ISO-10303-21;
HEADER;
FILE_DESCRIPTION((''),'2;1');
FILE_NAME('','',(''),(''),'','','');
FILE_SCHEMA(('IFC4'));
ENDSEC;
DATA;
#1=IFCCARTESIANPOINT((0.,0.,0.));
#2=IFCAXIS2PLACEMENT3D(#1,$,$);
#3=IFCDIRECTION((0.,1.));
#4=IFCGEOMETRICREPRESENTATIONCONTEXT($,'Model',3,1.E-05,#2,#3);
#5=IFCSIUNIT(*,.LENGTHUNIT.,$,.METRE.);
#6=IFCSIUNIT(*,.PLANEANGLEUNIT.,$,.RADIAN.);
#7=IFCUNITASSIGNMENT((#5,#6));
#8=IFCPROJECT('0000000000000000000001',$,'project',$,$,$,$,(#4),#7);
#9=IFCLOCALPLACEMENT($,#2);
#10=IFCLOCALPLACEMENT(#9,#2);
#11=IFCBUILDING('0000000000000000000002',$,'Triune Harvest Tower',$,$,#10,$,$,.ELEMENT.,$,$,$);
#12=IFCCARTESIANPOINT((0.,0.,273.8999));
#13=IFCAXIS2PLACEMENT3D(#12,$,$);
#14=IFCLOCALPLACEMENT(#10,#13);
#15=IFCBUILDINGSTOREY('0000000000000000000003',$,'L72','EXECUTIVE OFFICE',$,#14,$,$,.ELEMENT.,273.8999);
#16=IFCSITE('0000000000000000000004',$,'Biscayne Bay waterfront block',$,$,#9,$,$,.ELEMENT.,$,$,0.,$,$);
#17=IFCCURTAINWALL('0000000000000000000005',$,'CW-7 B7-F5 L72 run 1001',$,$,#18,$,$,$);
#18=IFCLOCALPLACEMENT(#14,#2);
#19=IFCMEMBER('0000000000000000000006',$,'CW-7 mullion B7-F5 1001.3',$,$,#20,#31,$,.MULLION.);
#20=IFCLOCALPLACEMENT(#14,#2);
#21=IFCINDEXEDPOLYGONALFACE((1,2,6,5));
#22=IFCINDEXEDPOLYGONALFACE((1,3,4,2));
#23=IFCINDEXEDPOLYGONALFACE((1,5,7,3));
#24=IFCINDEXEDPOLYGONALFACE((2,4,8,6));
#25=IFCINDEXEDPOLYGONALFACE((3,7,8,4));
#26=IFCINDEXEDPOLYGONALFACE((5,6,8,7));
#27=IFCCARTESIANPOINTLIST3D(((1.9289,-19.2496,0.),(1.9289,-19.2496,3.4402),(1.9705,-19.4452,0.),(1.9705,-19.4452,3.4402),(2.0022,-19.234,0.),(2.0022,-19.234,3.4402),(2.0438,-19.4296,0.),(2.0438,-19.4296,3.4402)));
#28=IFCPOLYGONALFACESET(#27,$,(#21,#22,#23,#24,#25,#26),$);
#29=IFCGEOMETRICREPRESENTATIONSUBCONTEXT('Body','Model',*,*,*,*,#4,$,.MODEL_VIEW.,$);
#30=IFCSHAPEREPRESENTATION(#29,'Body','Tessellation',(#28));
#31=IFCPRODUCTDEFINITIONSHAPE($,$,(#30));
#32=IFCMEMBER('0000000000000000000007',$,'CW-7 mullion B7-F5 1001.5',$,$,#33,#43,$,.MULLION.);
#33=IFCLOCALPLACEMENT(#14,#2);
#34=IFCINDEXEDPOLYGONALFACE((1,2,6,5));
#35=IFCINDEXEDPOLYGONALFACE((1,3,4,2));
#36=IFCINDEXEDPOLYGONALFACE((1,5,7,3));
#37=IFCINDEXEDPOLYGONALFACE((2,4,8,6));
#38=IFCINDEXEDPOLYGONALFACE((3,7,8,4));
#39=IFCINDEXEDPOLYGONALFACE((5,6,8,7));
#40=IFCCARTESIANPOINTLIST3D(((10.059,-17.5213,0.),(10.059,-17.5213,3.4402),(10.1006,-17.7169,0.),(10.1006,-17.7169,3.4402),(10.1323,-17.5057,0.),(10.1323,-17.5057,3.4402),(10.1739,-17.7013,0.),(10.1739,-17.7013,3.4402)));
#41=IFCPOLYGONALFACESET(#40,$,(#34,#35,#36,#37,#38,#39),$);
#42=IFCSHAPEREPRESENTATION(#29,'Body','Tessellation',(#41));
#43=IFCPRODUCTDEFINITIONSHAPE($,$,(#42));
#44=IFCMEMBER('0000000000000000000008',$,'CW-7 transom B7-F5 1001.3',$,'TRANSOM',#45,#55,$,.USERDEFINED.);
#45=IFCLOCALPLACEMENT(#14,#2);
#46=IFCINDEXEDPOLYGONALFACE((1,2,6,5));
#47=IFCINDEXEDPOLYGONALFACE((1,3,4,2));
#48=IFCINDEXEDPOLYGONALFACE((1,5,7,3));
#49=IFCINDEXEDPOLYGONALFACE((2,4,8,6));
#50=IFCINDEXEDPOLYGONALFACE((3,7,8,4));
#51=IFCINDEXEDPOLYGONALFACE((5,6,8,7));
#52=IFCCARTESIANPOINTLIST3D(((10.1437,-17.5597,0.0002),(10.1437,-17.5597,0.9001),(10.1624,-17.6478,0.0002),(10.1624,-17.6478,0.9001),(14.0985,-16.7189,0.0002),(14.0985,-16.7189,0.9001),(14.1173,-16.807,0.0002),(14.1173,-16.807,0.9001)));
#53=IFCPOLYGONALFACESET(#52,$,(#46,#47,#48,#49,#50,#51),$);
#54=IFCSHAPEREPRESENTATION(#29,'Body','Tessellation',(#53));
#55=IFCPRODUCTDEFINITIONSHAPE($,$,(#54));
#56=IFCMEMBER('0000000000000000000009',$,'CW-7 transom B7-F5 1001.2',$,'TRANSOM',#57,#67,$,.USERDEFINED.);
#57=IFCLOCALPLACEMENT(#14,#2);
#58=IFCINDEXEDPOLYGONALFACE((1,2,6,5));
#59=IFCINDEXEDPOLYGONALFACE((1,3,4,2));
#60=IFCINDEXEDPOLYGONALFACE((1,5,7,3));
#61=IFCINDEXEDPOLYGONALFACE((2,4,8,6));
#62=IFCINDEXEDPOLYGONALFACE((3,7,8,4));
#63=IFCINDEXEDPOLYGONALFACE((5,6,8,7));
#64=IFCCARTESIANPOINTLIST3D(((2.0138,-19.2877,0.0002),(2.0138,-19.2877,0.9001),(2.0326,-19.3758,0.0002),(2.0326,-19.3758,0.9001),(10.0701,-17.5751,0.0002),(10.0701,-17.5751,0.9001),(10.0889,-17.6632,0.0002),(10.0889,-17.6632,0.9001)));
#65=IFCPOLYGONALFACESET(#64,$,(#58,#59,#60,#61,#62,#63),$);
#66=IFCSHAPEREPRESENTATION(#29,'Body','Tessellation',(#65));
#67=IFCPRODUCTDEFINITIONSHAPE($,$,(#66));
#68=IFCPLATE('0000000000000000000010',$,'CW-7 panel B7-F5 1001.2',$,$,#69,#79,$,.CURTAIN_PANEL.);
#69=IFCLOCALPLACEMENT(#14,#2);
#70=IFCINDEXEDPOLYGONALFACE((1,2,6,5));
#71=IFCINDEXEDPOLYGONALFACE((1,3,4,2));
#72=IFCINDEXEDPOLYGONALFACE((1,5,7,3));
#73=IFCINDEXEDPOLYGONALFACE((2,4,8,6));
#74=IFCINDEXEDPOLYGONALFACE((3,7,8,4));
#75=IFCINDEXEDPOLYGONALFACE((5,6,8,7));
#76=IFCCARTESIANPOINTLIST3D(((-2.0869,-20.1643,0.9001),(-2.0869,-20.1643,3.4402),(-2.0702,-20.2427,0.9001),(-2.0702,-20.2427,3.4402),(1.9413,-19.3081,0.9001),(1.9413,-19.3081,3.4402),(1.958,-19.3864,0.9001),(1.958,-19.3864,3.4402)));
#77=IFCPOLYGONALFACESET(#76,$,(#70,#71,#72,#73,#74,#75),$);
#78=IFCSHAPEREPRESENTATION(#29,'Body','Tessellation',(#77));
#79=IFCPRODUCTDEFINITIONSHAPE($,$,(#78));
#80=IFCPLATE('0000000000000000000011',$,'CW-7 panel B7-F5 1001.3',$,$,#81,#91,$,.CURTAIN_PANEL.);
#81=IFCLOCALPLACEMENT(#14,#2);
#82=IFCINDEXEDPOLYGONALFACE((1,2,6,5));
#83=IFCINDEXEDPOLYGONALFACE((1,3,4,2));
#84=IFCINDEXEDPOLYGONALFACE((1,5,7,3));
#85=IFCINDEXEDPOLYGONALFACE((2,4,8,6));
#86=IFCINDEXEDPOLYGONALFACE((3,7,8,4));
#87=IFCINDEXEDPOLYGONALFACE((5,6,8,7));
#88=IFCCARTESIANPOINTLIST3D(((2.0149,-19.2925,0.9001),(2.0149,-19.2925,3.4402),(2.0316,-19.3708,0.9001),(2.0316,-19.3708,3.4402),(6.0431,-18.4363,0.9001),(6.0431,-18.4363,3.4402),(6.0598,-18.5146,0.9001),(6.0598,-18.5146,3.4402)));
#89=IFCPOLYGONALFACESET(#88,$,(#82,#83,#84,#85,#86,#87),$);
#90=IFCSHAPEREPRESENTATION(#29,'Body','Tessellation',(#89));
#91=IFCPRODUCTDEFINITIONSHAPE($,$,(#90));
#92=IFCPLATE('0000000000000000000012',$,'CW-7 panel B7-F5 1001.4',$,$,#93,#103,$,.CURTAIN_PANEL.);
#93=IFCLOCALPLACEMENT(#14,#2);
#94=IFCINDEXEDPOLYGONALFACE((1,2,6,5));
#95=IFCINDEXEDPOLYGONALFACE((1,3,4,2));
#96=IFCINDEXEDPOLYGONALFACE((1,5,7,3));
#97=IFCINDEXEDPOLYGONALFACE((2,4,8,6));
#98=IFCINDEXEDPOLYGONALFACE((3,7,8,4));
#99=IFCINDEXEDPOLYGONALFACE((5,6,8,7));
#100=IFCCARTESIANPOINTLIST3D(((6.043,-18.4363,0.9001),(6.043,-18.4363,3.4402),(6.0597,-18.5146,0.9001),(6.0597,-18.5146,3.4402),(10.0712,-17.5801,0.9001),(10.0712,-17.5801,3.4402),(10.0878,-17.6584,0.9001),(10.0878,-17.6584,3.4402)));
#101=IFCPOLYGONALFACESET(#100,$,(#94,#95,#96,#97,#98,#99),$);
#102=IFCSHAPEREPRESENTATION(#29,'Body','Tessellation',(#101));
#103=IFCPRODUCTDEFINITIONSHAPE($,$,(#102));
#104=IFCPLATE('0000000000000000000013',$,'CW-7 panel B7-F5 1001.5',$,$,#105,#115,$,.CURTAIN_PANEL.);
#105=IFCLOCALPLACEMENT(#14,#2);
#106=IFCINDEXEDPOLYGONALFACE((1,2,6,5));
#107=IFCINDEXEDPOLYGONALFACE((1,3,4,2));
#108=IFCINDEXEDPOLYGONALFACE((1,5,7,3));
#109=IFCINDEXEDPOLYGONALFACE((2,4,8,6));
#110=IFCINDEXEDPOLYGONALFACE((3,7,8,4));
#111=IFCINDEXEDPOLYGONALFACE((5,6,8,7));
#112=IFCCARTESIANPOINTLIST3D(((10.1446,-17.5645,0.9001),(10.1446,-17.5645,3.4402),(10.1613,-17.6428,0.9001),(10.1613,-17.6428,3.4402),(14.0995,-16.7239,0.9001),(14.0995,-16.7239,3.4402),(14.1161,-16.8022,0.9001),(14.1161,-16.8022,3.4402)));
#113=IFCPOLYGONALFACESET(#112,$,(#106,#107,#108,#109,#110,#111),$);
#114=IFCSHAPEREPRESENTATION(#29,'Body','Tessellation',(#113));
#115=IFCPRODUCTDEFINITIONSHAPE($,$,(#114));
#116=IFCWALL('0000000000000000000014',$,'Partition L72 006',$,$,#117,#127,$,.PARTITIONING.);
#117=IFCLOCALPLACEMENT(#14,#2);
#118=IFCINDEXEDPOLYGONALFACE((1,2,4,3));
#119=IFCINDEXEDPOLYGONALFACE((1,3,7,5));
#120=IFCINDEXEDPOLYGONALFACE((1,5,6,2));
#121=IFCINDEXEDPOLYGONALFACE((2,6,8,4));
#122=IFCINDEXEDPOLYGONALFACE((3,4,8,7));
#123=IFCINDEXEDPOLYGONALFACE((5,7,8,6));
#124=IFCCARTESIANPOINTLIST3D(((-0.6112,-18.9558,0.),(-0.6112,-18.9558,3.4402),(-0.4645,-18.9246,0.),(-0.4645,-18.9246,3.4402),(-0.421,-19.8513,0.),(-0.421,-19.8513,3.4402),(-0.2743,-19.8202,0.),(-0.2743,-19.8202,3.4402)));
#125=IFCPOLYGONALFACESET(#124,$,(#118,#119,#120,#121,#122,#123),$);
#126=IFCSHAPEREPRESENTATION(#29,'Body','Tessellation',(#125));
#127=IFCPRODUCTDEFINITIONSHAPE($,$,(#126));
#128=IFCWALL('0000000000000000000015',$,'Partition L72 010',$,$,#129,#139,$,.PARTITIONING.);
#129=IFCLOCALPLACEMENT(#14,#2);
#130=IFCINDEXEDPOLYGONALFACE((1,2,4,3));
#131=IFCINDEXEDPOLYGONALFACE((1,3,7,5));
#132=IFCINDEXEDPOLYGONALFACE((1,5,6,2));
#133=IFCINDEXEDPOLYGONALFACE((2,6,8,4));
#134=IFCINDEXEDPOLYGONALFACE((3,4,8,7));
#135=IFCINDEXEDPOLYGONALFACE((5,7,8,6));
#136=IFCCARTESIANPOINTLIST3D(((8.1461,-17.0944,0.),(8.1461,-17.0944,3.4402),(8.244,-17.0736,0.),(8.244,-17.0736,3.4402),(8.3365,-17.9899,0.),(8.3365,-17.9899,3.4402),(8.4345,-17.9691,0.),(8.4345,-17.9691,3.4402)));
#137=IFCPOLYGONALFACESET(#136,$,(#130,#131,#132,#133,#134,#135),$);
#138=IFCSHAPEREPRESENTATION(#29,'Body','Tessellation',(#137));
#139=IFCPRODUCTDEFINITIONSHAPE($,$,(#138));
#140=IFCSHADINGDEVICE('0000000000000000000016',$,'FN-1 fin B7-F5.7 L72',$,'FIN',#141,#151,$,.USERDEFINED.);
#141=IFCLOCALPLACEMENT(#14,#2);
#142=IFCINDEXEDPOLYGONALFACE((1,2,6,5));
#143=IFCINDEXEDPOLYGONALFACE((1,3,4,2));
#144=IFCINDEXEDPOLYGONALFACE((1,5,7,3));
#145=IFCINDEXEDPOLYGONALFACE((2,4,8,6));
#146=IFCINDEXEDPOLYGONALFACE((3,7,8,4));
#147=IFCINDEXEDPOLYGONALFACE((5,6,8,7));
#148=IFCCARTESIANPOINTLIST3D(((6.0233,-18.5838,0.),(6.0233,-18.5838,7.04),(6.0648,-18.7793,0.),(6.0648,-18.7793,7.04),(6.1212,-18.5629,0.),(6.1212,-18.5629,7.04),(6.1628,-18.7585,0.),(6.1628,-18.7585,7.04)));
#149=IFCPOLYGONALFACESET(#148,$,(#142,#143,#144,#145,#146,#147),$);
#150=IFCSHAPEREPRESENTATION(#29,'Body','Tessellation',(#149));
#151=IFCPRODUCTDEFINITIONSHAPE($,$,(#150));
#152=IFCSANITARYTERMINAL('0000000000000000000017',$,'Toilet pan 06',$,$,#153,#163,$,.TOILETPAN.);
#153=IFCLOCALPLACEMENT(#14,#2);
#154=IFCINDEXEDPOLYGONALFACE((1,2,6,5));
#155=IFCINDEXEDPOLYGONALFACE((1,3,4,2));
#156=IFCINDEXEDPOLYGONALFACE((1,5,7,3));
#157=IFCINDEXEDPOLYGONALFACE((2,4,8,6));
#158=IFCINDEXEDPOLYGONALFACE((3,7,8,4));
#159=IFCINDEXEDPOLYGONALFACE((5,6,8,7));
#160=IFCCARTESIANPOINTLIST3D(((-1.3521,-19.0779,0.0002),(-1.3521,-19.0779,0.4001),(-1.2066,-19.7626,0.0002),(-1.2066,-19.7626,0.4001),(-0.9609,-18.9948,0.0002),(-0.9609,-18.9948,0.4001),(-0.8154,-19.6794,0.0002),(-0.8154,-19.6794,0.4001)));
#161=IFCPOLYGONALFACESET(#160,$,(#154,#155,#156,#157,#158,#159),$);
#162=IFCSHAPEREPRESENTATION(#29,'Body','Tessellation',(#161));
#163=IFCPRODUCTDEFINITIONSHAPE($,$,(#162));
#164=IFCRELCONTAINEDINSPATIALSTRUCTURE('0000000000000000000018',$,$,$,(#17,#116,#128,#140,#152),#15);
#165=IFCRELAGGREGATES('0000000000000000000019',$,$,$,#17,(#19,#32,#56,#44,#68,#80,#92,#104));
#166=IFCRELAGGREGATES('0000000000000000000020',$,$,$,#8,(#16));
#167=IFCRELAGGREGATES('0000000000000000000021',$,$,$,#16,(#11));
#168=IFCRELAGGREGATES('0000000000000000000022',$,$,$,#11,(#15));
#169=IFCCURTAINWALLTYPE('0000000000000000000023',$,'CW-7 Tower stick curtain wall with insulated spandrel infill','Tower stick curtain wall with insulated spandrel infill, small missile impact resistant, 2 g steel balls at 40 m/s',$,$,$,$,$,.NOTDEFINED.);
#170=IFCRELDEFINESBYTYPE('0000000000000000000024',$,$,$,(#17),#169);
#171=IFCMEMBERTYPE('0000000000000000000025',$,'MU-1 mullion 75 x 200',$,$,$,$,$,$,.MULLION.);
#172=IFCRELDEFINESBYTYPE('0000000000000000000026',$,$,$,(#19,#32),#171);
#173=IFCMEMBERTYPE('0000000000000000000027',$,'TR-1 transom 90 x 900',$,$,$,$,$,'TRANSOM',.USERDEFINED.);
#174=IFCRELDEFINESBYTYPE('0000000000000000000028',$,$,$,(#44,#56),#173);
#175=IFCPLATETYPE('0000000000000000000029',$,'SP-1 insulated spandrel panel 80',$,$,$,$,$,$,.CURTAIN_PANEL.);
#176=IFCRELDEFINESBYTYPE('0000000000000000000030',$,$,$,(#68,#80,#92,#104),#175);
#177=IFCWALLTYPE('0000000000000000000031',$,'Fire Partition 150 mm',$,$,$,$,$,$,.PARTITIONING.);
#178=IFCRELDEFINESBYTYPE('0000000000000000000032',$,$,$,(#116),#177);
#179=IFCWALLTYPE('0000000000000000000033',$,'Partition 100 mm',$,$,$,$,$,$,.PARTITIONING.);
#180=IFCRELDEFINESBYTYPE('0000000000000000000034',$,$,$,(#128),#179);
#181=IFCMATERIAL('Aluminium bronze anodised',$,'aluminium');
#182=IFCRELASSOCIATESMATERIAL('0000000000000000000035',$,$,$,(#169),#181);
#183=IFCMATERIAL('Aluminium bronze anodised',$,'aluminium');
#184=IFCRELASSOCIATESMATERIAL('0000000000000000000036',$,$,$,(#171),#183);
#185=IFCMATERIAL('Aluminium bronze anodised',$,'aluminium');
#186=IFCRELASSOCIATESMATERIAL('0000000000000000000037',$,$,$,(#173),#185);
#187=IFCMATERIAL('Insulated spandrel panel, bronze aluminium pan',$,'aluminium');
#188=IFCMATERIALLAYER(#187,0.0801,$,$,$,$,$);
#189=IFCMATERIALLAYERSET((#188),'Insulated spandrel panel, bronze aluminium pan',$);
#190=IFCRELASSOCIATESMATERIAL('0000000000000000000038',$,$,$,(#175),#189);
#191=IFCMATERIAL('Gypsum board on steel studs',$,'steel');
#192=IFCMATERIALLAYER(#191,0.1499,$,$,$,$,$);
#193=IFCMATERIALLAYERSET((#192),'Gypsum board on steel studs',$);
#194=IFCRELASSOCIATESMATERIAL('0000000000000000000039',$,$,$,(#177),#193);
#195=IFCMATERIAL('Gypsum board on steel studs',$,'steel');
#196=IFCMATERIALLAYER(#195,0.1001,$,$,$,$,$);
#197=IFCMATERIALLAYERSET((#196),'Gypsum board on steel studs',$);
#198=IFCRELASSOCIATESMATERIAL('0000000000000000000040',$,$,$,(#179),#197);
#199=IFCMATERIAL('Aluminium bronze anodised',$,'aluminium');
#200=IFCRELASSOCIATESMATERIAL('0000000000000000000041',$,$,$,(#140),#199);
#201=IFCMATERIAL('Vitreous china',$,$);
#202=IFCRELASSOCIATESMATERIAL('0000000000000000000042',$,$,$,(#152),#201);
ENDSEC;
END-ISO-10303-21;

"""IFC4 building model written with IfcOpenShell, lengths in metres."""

from ifc_helpers import new_model, si_unit, direction, frame, frame_2d, origin, origin_2d, place, context, subcontext, project, spatial, rectangle, extrude, source, transform, mapped, material, layer, layer_set, material_profile, profile_set, type_object, element, aggregate, save


model = new_model("IFC4")

# Units and contexts
model_context = context("Model", 3, precision=1e-05, world=origin(), true_north=direction((0.0, 1.0)))
body_context = subcontext(model_context, "Body", "Model", "MODEL_VIEW")
ifc_project = project(units=[si_unit("LENGTHUNIT", "METRE"), si_unit("PLANEANGLEUNIT", "RADIAN")], contexts=[model_context])

# Site, building, storey
site_placement = place(None, origin())
site = spatial("IfcSite", under=ifc_project, at=site_placement, Name="Biscayne Bay waterfront block", CompositionType="ELEMENT", RefElevation=0.0)
building_placement = place(site_placement, origin())
building = spatial("IfcBuilding", under=site, at=building_placement, Name="Triune Harvest Tower", CompositionType="ELEMENT")
storey_placement = place(building_placement, frame((0.0, 0.0, 273.8999)))
storey = spatial("IfcBuildingStorey", under=building, at=storey_placement, Name="L72", Description="EXECUTIVE OFFICE", CompositionType="ELEMENT", Elevation=273.8999)

# Curtain wall, members, plates
ifc_material_1 = material(Name="Aluminium bronze anodised", Category="aluminium")
curtain_wall_type = type_object("IfcCurtainWallType", Name="CW-7 Tower stick curtain wall with insulated spandrel infill", Description="Tower stick curtain wall with insulated spandrel infill, small missile impact resistant, 2 g steel balls at 40 m/s", PredefinedType="NOTDEFINED", material=ifc_material_1)
curtain_wall_placement = place(storey_placement, origin())
curtain_wall = element("IfcCurtainWall", 1, at=curtain_wall_placement, inside=storey, type_object=curtain_wall_type, Name="CW-7 B7-F5 L72 run 1001")
ifc_material_2 = material(Name="Aluminium bronze anodised", Category="aluminium")
ifc_material_profile_1 = material_profile(ifc_material_2, rectangle(XDim=0.2, YDim=0.075, at=origin_2d()), Name="MU-1 mullion 75 x 200")
ifc_profile_set_1 = profile_set([ifc_material_profile_1], Name="Aluminium bronze anodised")
member_type_1 = type_object("IfcMemberType", Name="MU-1 mullion 75 x 200", PredefinedType="MULLION", material=ifc_profile_set_1)
shared_shape_1 = source(origin(), body_context, "Body", "SweptSolid", [
    extrude(rectangle(XDim=0.2, YDim=0.075, at=origin_2d()), origin(), (0.0, 0.0, 1.0), 3.4402),
])
member_1_placement = place(storey_placement, frame((1.9863, -19.3396, 0.0), z_axis=(0.0, 0.0, 1.0), x_axis=(-0.207913, 0.978147, 0.0)))
member_1 = element("IfcMember", 2, at=member_1_placement, type_object=member_type_1, Name="CW-7 mullion B7-F5 1001.3", PredefinedType="MULLION", context=body_context, shape_type="MappedRepresentation", body=[
    mapped(shared_shape_1, transform((0.0, 0.0, 0.0), scale=1.0)),
])
member_2_placement = place(storey_placement, frame((10.1165, -17.6113, 0.0), z_axis=(0.0, 0.0, 1.0), x_axis=(-0.207913, 0.978147, 0.0)))
member_2 = element("IfcMember", 3, at=member_2_placement, type_object=member_type_1, Name="CW-7 mullion B7-F5 1001.5", PredefinedType="MULLION", context=body_context, shape_type="MappedRepresentation", body=[
    mapped(shared_shape_1, transform((0.0, 0.0, 0.0), scale=1.0)),
])
ifc_material_3 = material(Name="Aluminium bronze anodised", Category="aluminium")
ifc_material_profile_2 = material_profile(ifc_material_3, rectangle(XDim=0.0901, YDim=0.8999, at=origin_2d()), Name="TR-1 transom 90 x 900")
ifc_profile_set_2 = profile_set([ifc_material_profile_2], Name="Aluminium bronze anodised")
member_type_2 = type_object("IfcMemberType", Name="TR-1 transom 90 x 900", ElementType="TRANSOM", PredefinedType="USERDEFINED", material=ifc_profile_set_2)
shared_shape_2 = source(origin(), body_context, "Body", "SweptSolid", [
    extrude(rectangle(XDim=0.0901, YDim=0.8999, at=origin_2d()), origin(), (0.0, 0.0, 1.0), 4.0432),
])
member_3_placement = place(storey_placement, frame((10.1531, -17.6038, 0.4502), z_axis=(0.978138, 0.207958, 0.0), x_axis=(-0.207958, 0.978138, 0.0)))
member_3 = element("IfcMember", 4, at=member_3_placement, type_object=member_type_2, Name="CW-7 transom B7-F5 1001.3", ObjectType="TRANSOM", PredefinedType="USERDEFINED", context=body_context, shape_type="MappedRepresentation", body=[
    mapped(shared_shape_2, transform((0.0, 0.0, 0.0), scale=1.0)),
])
shared_shape_3 = source(origin(), body_context, "Body", "SweptSolid", [
    extrude(rectangle(XDim=0.0901, YDim=0.8999, at=origin_2d()), origin(), (0.0, 0.0, 1.0), 8.2363),
])
member_4_placement = place(storey_placement, frame((2.0232, -19.3318, 0.4502), z_axis=(0.978143, 0.207936, 0.0), x_axis=(-0.207936, 0.978143, 0.0)))
member_4 = element("IfcMember", 5, at=member_4_placement, type_object=member_type_2, Name="CW-7 transom B7-F5 1001.2", ObjectType="TRANSOM", PredefinedType="USERDEFINED", context=body_context, shape_type="MappedRepresentation", body=[
    mapped(shared_shape_3, transform((0.0, 0.0, 0.0), scale=1.0)),
])
ifc_material_4 = material(Name="Insulated spandrel panel, bronze aluminium pan", Category="aluminium")
ifc_layer_1 = layer(ifc_material_4, 0.0801)
ifc_layer_set_1 = layer_set([ifc_layer_1], Name="Insulated spandrel panel, bronze aluminium pan")
plate_type = type_object("IfcPlateType", Name="SP-1 insulated spandrel panel 80", PredefinedType="CURTAIN_PANEL", material=ifc_layer_set_1)
shared_shape_4 = source(origin(), body_context, "Body", "SweptSolid", [
    extrude(rectangle(XDim=4.1182, YDim=0.0801, at=origin_2d()), origin(), (0.0, 0.0, 1.0), 2.54),
])
plate_1_placement = place(storey_placement, frame((-0.0645, -19.7754, 0.9001), z_axis=(0.0, 0.0, 1.0), x_axis=(0.978147, 0.207913, 0.0)))
plate_1 = element("IfcPlate", 6, at=plate_1_placement, type_object=plate_type, Name="CW-7 panel B7-F5 1001.2", PredefinedType="CURTAIN_PANEL", context=body_context, shape_type="MappedRepresentation", body=[
    mapped(shared_shape_4, transform((0.0, 0.0, 0.0), scale=1.0)),
])
plate_2_placement = place(storey_placement, frame((4.0374, -18.9036, 0.9001), z_axis=(0.0, 0.0, 1.0), x_axis=(0.978147, 0.207913, 0.0)))
plate_2 = element("IfcPlate", 7, at=plate_2_placement, type_object=plate_type, Name="CW-7 panel B7-F5 1001.3", PredefinedType="CURTAIN_PANEL", context=body_context, shape_type="MappedRepresentation", body=[
    mapped(shared_shape_4, transform((0.0, 0.0, 0.0), scale=1.0)),
])
plate_3_placement = place(storey_placement, frame((8.0654, -18.0474, 0.9001), z_axis=(0.0, 0.0, 1.0), x_axis=(0.978147, 0.207913, 0.0)))
plate_3 = element("IfcPlate", 8, at=plate_3_placement, type_object=plate_type, Name="CW-7 panel B7-F5 1001.4", PredefinedType="CURTAIN_PANEL", context=body_context, shape_type="MappedRepresentation", body=[
    mapped(shared_shape_4, transform((0.0, 0.0, 0.0), scale=1.0)),
])
shared_shape_5 = source(origin(), body_context, "Body", "SweptSolid", [
    extrude(rectangle(XDim=4.0432, YDim=0.0801, at=origin_2d()), origin(), (0.0, 0.0, 1.0), 2.54),
])
plate_4_placement = place(storey_placement, frame((12.1304, -17.1833, 0.9001), z_axis=(0.0, 0.0, 1.0), x_axis=(0.978147, 0.207913, 0.0)))
plate_4 = element("IfcPlate", 9, at=plate_4_placement, type_object=plate_type, Name="CW-7 panel B7-F5 1001.5", PredefinedType="CURTAIN_PANEL", context=body_context, shape_type="MappedRepresentation", body=[
    mapped(shared_shape_5, transform((0.0, 0.0, 0.0), scale=1.0)),
])
aggregate(curtain_wall, [member_1, member_2, member_4, member_3, plate_1, plate_2, plate_3, plate_4])

# Walls
ifc_material_5 = material(Name="Gypsum board on steel studs", Category="steel")
ifc_layer_2 = layer(ifc_material_5, 0.1499)
ifc_layer_set_2 = layer_set([ifc_layer_2], Name="Gypsum board on steel studs")
wall_type_1 = type_object("IfcWallType", Name="Fire Partition 150 mm", PredefinedType="PARTITIONING", material=ifc_layer_set_2)
wall_1_placement = place(storey_placement, frame((-0.5378, -18.9402, 0.0), z_axis=(0.0, 0.0, 1.0), x_axis=(0.207744, -0.978183, 0.0)))
element("IfcWall", 10, at=wall_1_placement, inside=storey, type_object=wall_type_1, Name="Partition L72 006", PredefinedType="PARTITIONING", context=body_context, shape_type="SweptSolid", body=[
    extrude(rectangle(XDim=0.9155, YDim=0.1499, at=frame_2d((0.4578, 0.0))), origin(), (0.0, 0.0, 1.0), 3.4402),
])
ifc_material_6 = material(Name="Gypsum board on steel studs", Category="steel")
ifc_layer_3 = layer(ifc_material_6, 0.1001)
ifc_layer_set_3 = layer_set([ifc_layer_3], Name="Gypsum board on steel studs")
wall_type_2 = type_object("IfcWallType", Name="Partition 100 mm", PredefinedType="PARTITIONING", material=ifc_layer_set_3)
shared_shape_6 = source(origin(), body_context, "Body", "SweptSolid", [
    extrude(rectangle(XDim=0.9155, YDim=0.1001, at=frame_2d((0.4578, 0.0))), origin(), (0.0, 0.0, 1.0), 3.4402),
])
wall_2_placement = place(storey_placement, frame((8.1951, -17.084, 0.0), z_axis=(0.0, 0.0, 1.0), x_axis=(0.207999, -0.978129, 0.0)))
element("IfcWall", 11, at=wall_2_placement, inside=storey, type_object=wall_type_2, Name="Partition L72 010", PredefinedType="PARTITIONING", context=body_context, shape_type="MappedRepresentation", body=[
    mapped(shared_shape_6, transform((0.0, 0.0, 0.0), scale=1.0)),
])

# Shading device
ifc_material_7 = material(Name="Aluminium bronze anodised", Category="aluminium")
shared_shape_7 = source(origin(), body_context, "Body", "SweptSolid", [
    extrude(rectangle(XDim=0.1001, YDim=0.2, at=origin_2d()), origin(), (0.0, 0.0, 1.0), 7.04),
])
shading_device_placement = place(storey_placement, frame((6.093, -18.6711, 0.0), z_axis=(0.0, 0.0, 1.0), x_axis=(0.978148, 0.207911, 0.0)))
element("IfcShadingDevice", 12, at=shading_device_placement, inside=storey, material=ifc_material_7, Name="FN-1 fin B7-F5.7 L72", ObjectType="FIN", PredefinedType="USERDEFINED", context=body_context, shape_type="MappedRepresentation", body=[
    mapped(shared_shape_7, transform((0.0, 0.0, 0.0), scale=1.0)),
])

# Sanitary terminal
ifc_material_8 = material(Name="Vitreous china")
shared_shape_8 = source(origin(), body_context, "Body", "SweptSolid", [
    extrude(rectangle(XDim=0.3999, YDim=0.7, at=origin_2d()), origin(), (0.0, 0.0, 1.0), 0.3999),
])
sanitary_terminal_placement = place(storey_placement, frame((-1.0837, -19.3787, 0.0002), z_axis=(0.0, 0.0, 1.0), x_axis=(-0.978155, -0.207878, 0.0)))
element("IfcSanitaryTerminal", 13, at=sanitary_terminal_placement, inside=storey, material=ifc_material_8, Name="Toilet pan 06", PredefinedType="TOILETPAN", context=body_context, shape_type="MappedRepresentation", body=[
    mapped(shared_shape_8, transform((0.0, 0.0, 0.0), scale=1.0)),
])

save(model, "model.ifc")
